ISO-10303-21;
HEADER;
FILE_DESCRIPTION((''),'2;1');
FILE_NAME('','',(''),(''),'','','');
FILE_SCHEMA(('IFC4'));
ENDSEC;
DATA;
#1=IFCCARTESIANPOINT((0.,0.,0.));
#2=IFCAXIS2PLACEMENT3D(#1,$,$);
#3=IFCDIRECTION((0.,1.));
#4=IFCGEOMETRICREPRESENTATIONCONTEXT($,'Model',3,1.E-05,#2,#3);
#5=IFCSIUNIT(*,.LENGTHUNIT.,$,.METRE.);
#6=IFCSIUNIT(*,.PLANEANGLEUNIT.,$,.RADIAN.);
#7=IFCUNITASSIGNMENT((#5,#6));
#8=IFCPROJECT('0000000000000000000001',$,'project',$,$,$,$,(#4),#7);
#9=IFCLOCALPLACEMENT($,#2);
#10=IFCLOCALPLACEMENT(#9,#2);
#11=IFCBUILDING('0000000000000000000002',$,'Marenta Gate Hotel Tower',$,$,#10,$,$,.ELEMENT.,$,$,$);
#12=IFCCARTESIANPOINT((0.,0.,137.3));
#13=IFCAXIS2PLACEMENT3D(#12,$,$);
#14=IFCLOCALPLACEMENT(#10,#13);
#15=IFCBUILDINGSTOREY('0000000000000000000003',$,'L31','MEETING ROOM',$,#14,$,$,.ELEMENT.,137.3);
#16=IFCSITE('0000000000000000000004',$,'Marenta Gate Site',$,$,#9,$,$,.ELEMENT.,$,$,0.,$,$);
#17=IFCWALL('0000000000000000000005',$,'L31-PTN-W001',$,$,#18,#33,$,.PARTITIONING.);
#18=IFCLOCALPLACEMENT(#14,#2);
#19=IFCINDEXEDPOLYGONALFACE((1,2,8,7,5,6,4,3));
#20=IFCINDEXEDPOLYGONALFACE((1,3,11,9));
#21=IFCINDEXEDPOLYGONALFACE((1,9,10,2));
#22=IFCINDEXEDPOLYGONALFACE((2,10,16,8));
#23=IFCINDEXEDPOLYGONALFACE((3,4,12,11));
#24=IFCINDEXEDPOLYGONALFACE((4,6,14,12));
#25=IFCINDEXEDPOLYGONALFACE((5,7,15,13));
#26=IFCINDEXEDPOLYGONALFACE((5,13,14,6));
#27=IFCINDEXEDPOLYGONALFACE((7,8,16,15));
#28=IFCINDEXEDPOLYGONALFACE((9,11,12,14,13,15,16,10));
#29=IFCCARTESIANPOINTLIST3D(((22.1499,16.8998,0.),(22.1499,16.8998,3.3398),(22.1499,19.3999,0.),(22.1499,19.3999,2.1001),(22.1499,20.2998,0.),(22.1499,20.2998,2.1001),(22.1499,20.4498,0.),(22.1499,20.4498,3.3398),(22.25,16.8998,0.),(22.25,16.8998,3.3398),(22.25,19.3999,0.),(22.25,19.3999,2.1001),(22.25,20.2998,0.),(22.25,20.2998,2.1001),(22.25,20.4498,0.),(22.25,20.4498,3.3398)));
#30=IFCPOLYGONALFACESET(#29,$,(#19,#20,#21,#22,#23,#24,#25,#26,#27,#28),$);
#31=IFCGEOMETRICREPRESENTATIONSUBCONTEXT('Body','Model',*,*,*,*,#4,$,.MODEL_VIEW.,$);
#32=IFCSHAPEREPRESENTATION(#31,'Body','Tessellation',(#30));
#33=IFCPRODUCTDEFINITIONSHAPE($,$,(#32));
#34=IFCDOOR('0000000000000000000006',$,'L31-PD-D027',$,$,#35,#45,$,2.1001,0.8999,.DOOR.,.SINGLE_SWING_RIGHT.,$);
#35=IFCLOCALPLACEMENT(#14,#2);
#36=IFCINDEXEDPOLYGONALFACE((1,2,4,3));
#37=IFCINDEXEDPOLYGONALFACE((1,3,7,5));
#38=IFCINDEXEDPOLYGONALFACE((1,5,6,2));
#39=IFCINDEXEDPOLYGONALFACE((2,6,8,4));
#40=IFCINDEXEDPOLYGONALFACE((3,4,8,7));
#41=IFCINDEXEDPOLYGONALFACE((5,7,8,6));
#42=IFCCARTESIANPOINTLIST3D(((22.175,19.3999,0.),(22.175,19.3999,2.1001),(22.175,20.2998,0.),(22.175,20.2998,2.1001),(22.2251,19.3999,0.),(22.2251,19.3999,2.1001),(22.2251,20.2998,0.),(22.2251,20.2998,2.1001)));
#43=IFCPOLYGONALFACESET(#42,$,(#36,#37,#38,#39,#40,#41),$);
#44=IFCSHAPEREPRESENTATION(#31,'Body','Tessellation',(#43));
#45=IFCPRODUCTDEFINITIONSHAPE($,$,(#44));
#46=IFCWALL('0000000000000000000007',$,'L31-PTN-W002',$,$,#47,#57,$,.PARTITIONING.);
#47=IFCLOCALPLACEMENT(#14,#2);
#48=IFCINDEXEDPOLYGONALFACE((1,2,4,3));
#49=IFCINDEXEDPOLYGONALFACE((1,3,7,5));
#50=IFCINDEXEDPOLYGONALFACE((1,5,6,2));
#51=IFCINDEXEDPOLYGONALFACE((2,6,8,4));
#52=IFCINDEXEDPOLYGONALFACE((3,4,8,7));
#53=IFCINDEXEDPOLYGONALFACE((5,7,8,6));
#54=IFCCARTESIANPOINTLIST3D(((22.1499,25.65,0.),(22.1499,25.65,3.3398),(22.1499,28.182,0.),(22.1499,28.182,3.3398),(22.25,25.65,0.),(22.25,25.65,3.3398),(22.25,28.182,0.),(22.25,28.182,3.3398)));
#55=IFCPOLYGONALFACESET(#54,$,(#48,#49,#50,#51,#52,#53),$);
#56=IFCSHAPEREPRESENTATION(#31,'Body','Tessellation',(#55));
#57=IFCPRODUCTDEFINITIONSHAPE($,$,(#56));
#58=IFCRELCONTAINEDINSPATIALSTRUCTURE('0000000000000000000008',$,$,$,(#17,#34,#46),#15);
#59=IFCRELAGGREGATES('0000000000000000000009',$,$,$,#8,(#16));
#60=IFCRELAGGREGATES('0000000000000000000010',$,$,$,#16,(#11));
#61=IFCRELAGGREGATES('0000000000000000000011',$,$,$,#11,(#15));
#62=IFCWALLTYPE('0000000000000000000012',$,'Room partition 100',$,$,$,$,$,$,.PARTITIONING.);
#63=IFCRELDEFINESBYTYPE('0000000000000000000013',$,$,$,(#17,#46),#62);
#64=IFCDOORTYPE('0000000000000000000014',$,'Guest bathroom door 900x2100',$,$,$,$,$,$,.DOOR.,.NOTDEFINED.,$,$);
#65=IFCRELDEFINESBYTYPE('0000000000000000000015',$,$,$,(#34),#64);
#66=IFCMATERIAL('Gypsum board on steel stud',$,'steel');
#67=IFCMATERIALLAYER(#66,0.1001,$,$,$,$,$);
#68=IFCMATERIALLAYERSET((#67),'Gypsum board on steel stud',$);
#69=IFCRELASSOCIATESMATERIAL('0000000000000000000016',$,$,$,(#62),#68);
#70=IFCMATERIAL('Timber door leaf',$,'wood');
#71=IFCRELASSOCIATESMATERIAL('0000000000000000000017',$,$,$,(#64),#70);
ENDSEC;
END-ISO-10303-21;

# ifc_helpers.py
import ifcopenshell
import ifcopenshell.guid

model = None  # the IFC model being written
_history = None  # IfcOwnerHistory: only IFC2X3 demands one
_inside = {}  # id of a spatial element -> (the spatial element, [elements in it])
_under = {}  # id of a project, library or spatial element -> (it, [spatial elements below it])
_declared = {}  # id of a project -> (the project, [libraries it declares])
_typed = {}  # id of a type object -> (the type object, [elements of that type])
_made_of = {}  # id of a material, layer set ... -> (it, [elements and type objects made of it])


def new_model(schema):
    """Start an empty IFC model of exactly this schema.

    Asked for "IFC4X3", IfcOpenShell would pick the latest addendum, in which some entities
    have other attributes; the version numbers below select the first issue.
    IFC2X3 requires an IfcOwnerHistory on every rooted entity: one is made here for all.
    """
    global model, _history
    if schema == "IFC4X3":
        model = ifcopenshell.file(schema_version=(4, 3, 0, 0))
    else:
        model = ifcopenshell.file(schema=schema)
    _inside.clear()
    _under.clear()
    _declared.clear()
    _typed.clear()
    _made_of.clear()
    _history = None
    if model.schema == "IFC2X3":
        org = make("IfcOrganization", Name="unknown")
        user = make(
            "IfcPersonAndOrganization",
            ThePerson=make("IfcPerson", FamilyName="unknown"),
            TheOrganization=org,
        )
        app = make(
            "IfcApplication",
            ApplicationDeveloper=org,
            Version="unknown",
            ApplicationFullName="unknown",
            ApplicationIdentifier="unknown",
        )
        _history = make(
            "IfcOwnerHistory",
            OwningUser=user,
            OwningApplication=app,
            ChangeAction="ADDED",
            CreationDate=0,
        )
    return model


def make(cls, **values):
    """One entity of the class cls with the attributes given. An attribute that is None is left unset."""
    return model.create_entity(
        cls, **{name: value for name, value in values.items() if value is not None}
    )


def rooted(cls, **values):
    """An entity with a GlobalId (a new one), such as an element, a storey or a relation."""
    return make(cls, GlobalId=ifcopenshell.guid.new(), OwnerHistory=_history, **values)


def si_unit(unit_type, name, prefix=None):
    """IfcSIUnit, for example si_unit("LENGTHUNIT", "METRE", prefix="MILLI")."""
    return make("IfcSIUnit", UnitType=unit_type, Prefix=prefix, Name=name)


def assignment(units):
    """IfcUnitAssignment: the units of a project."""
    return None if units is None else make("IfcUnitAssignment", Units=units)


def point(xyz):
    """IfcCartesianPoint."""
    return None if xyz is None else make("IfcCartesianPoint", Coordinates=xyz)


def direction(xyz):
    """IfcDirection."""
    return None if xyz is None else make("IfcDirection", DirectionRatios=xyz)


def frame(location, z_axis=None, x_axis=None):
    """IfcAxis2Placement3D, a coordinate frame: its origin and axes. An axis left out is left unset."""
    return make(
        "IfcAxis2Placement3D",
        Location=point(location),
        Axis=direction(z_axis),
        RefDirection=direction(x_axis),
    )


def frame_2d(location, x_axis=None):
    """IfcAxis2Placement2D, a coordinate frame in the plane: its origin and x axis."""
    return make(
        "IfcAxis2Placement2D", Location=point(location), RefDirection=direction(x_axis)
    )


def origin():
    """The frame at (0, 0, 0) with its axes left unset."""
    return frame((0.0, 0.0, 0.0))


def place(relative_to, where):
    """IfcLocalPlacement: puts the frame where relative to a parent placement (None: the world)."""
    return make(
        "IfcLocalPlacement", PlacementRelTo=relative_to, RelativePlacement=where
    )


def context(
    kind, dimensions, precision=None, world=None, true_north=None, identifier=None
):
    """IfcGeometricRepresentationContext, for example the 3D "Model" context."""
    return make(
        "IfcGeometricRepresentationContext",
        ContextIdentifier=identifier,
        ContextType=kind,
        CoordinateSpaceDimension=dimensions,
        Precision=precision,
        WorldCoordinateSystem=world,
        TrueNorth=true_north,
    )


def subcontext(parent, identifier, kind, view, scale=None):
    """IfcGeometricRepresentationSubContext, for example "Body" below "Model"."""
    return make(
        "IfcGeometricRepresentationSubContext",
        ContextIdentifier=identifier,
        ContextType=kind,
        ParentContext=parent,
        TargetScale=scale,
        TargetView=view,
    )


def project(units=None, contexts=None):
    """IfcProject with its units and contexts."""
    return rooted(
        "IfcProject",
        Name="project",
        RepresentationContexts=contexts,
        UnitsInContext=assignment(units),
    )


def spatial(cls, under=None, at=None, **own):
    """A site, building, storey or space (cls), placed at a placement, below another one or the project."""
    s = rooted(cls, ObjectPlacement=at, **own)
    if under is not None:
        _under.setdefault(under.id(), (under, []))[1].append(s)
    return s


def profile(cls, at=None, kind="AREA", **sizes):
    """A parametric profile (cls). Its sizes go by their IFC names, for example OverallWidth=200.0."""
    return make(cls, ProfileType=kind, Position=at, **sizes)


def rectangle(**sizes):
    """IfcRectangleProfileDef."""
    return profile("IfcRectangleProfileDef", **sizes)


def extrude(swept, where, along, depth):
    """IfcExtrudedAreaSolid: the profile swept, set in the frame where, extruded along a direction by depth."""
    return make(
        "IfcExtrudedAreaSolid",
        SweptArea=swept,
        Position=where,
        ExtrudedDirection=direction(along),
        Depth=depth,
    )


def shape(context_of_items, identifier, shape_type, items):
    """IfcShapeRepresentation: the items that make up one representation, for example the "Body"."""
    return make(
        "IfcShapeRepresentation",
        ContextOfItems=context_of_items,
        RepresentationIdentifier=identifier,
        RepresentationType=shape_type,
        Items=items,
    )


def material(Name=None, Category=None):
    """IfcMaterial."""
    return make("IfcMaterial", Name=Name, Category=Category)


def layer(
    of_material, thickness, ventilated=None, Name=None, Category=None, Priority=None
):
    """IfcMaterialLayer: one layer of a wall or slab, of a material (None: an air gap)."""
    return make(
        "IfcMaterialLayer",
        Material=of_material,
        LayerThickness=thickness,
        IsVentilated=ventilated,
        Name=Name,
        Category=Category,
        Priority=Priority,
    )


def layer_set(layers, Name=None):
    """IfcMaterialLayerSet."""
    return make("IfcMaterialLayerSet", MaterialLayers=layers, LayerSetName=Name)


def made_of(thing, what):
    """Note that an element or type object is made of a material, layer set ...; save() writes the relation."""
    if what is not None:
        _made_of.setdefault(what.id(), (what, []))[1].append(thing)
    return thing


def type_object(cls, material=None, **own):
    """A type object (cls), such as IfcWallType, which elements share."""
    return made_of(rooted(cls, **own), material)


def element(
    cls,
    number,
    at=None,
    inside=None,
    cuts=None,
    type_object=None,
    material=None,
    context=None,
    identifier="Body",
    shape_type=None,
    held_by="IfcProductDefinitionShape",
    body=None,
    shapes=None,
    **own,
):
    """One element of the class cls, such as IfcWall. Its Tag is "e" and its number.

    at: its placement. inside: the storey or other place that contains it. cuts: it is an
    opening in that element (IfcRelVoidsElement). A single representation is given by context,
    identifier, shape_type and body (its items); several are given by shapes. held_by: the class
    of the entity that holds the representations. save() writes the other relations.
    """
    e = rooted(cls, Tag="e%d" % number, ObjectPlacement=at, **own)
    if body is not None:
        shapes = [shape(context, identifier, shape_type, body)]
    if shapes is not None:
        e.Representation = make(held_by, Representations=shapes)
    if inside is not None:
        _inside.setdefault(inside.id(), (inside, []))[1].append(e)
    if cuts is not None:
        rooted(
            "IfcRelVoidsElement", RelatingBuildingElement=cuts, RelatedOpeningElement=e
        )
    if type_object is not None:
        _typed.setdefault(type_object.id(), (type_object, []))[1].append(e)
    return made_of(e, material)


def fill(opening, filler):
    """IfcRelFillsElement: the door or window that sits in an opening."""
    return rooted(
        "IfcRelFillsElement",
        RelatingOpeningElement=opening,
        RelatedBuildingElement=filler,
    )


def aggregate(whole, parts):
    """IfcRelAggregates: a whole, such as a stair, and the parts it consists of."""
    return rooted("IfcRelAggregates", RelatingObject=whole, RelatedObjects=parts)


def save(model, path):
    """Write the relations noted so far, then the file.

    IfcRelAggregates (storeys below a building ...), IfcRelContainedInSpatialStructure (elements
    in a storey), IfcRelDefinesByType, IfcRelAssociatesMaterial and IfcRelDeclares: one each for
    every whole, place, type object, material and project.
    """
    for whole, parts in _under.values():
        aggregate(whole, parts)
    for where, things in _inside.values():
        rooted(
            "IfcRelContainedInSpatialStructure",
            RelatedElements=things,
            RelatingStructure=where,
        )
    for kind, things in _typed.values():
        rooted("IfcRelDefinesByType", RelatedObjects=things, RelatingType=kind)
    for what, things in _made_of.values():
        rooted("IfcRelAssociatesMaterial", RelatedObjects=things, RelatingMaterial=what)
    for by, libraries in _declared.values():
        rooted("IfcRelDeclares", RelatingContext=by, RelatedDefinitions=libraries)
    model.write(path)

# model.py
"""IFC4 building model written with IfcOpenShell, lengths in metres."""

from ifc_helpers import new_model, si_unit, direction, frame, frame_2d, origin, place, context, subcontext, project, spatial, rectangle, extrude, material, layer, layer_set, type_object, element, fill, save


model = new_model("IFC4")

# Units and contexts
model_context = context("Model", 3, precision=1e-05, world=origin(), true_north=direction((0.0, 1.0)))
body_context = subcontext(model_context, "Body", "Model", "MODEL_VIEW")
ifc_project = project(units=[si_unit("LENGTHUNIT", "METRE"), si_unit("PLANEANGLEUNIT", "RADIAN")], contexts=[model_context])

# Site, building, storey
site_placement = place(None, origin())
site = spatial("IfcSite", under=ifc_project, at=site_placement, Name="Marenta Gate Site", CompositionType="ELEMENT", RefElevation=0.0)
building_placement = place(site_placement, origin())
building = spatial("IfcBuilding", under=site, at=building_placement, Name="Marenta Gate Hotel Tower", CompositionType="ELEMENT")
storey_placement = place(building_placement, frame((0.0, 0.0, 137.3)))
storey = spatial("IfcBuildingStorey", under=building, at=storey_placement, Name="L31", Description="MEETING ROOM", CompositionType="ELEMENT", Elevation=137.3)

# Wall, opening, door
ifc_material_1 = material(Name="Gypsum board on steel stud", Category="steel")
ifc_layer_1 = layer(ifc_material_1, 0.1001)
ifc_layer_set_1 = layer_set([ifc_layer_1], Name="Gypsum board on steel stud")
wall_type = type_object("IfcWallType", Name="Room partition 100", PredefinedType="PARTITIONING", material=ifc_layer_set_1)
wall_1_placement = place(storey_placement, frame((22.2, 16.8999, 0.0), z_axis=(0.0, 0.0, 1.0), x_axis=(0.0, 1.0, 0.0)))
wall_1 = element("IfcWall", 1, at=wall_1_placement, inside=storey, type_object=wall_type, Name="L31-PTN-W001", PredefinedType="PARTITIONING", context=body_context, shape_type="SweptSolid", body=[
    extrude(rectangle(XDim=3.55, YDim=0.1001, at=frame_2d((1.7749, 0.0))), origin(), (0.0, 0.0, 1.0), 3.3398),
])
opening_placement = place(wall_1_placement, frame((2.5, 0.0, 0.0)))
opening = element("IfcOpeningElement", 2, at=opening_placement, cuts=wall_1, PredefinedType="OPENING", context=body_context, shape_type="SweptSolid", body=[
    extrude(rectangle(XDim=0.8999, YDim=2.1001, at=frame_2d((0.45, 1.05))), frame((0.0, 0.05, 0.0), z_axis=(0.0, -1.0, 0.0), x_axis=(1.0, 0.0, 0.0)), (0.0, 0.0, 1.0), 0.1001),
])
ifc_material_2 = material(Name="Timber door leaf", Category="wood")
door_type = type_object("IfcDoorType", Name="Guest bathroom door 900x2100", OperationType="NOTDEFINED", PredefinedType="DOOR", material=ifc_material_2)
door_placement = place(opening_placement, origin())
door = element("IfcDoor", 3, at=door_placement, inside=storey, type_object=door_type, Name="L31-PD-D027", OperationType="SINGLE_SWING_RIGHT", OverallHeight=2.1001, OverallWidth=0.8999, PredefinedType="DOOR", context=body_context, shape_type="SweptSolid", body=[
    extrude(rectangle(XDim=0.8999, YDim=2.1001, at=frame_2d((0.45, 1.05))), frame((0.0, 0.0249, 0.0), z_axis=(0.0, -1.0, 0.0), x_axis=(1.0, 0.0, 0.0)), (0.0, 0.0, 1.0), 0.05),
])
fill(opening, door)

# Wall
wall_2_placement = place(storey_placement, frame((22.2, 25.6499, 0.0), z_axis=(0.0, 0.0, 1.0), x_axis=(0.0, 1.0, 0.0)))
element("IfcWall", 4, at=wall_2_placement, inside=storey, type_object=wall_type, Name="L31-PTN-W002", PredefinedType="PARTITIONING", context=body_context, shape_type="SweptSolid", body=[
    extrude(rectangle(XDim=2.532, YDim=0.1001, at=frame_2d((1.2661, 0.0))), origin(), (0.0, 0.0, 1.0), 3.3398),
])

save(model, "model.ifc")
